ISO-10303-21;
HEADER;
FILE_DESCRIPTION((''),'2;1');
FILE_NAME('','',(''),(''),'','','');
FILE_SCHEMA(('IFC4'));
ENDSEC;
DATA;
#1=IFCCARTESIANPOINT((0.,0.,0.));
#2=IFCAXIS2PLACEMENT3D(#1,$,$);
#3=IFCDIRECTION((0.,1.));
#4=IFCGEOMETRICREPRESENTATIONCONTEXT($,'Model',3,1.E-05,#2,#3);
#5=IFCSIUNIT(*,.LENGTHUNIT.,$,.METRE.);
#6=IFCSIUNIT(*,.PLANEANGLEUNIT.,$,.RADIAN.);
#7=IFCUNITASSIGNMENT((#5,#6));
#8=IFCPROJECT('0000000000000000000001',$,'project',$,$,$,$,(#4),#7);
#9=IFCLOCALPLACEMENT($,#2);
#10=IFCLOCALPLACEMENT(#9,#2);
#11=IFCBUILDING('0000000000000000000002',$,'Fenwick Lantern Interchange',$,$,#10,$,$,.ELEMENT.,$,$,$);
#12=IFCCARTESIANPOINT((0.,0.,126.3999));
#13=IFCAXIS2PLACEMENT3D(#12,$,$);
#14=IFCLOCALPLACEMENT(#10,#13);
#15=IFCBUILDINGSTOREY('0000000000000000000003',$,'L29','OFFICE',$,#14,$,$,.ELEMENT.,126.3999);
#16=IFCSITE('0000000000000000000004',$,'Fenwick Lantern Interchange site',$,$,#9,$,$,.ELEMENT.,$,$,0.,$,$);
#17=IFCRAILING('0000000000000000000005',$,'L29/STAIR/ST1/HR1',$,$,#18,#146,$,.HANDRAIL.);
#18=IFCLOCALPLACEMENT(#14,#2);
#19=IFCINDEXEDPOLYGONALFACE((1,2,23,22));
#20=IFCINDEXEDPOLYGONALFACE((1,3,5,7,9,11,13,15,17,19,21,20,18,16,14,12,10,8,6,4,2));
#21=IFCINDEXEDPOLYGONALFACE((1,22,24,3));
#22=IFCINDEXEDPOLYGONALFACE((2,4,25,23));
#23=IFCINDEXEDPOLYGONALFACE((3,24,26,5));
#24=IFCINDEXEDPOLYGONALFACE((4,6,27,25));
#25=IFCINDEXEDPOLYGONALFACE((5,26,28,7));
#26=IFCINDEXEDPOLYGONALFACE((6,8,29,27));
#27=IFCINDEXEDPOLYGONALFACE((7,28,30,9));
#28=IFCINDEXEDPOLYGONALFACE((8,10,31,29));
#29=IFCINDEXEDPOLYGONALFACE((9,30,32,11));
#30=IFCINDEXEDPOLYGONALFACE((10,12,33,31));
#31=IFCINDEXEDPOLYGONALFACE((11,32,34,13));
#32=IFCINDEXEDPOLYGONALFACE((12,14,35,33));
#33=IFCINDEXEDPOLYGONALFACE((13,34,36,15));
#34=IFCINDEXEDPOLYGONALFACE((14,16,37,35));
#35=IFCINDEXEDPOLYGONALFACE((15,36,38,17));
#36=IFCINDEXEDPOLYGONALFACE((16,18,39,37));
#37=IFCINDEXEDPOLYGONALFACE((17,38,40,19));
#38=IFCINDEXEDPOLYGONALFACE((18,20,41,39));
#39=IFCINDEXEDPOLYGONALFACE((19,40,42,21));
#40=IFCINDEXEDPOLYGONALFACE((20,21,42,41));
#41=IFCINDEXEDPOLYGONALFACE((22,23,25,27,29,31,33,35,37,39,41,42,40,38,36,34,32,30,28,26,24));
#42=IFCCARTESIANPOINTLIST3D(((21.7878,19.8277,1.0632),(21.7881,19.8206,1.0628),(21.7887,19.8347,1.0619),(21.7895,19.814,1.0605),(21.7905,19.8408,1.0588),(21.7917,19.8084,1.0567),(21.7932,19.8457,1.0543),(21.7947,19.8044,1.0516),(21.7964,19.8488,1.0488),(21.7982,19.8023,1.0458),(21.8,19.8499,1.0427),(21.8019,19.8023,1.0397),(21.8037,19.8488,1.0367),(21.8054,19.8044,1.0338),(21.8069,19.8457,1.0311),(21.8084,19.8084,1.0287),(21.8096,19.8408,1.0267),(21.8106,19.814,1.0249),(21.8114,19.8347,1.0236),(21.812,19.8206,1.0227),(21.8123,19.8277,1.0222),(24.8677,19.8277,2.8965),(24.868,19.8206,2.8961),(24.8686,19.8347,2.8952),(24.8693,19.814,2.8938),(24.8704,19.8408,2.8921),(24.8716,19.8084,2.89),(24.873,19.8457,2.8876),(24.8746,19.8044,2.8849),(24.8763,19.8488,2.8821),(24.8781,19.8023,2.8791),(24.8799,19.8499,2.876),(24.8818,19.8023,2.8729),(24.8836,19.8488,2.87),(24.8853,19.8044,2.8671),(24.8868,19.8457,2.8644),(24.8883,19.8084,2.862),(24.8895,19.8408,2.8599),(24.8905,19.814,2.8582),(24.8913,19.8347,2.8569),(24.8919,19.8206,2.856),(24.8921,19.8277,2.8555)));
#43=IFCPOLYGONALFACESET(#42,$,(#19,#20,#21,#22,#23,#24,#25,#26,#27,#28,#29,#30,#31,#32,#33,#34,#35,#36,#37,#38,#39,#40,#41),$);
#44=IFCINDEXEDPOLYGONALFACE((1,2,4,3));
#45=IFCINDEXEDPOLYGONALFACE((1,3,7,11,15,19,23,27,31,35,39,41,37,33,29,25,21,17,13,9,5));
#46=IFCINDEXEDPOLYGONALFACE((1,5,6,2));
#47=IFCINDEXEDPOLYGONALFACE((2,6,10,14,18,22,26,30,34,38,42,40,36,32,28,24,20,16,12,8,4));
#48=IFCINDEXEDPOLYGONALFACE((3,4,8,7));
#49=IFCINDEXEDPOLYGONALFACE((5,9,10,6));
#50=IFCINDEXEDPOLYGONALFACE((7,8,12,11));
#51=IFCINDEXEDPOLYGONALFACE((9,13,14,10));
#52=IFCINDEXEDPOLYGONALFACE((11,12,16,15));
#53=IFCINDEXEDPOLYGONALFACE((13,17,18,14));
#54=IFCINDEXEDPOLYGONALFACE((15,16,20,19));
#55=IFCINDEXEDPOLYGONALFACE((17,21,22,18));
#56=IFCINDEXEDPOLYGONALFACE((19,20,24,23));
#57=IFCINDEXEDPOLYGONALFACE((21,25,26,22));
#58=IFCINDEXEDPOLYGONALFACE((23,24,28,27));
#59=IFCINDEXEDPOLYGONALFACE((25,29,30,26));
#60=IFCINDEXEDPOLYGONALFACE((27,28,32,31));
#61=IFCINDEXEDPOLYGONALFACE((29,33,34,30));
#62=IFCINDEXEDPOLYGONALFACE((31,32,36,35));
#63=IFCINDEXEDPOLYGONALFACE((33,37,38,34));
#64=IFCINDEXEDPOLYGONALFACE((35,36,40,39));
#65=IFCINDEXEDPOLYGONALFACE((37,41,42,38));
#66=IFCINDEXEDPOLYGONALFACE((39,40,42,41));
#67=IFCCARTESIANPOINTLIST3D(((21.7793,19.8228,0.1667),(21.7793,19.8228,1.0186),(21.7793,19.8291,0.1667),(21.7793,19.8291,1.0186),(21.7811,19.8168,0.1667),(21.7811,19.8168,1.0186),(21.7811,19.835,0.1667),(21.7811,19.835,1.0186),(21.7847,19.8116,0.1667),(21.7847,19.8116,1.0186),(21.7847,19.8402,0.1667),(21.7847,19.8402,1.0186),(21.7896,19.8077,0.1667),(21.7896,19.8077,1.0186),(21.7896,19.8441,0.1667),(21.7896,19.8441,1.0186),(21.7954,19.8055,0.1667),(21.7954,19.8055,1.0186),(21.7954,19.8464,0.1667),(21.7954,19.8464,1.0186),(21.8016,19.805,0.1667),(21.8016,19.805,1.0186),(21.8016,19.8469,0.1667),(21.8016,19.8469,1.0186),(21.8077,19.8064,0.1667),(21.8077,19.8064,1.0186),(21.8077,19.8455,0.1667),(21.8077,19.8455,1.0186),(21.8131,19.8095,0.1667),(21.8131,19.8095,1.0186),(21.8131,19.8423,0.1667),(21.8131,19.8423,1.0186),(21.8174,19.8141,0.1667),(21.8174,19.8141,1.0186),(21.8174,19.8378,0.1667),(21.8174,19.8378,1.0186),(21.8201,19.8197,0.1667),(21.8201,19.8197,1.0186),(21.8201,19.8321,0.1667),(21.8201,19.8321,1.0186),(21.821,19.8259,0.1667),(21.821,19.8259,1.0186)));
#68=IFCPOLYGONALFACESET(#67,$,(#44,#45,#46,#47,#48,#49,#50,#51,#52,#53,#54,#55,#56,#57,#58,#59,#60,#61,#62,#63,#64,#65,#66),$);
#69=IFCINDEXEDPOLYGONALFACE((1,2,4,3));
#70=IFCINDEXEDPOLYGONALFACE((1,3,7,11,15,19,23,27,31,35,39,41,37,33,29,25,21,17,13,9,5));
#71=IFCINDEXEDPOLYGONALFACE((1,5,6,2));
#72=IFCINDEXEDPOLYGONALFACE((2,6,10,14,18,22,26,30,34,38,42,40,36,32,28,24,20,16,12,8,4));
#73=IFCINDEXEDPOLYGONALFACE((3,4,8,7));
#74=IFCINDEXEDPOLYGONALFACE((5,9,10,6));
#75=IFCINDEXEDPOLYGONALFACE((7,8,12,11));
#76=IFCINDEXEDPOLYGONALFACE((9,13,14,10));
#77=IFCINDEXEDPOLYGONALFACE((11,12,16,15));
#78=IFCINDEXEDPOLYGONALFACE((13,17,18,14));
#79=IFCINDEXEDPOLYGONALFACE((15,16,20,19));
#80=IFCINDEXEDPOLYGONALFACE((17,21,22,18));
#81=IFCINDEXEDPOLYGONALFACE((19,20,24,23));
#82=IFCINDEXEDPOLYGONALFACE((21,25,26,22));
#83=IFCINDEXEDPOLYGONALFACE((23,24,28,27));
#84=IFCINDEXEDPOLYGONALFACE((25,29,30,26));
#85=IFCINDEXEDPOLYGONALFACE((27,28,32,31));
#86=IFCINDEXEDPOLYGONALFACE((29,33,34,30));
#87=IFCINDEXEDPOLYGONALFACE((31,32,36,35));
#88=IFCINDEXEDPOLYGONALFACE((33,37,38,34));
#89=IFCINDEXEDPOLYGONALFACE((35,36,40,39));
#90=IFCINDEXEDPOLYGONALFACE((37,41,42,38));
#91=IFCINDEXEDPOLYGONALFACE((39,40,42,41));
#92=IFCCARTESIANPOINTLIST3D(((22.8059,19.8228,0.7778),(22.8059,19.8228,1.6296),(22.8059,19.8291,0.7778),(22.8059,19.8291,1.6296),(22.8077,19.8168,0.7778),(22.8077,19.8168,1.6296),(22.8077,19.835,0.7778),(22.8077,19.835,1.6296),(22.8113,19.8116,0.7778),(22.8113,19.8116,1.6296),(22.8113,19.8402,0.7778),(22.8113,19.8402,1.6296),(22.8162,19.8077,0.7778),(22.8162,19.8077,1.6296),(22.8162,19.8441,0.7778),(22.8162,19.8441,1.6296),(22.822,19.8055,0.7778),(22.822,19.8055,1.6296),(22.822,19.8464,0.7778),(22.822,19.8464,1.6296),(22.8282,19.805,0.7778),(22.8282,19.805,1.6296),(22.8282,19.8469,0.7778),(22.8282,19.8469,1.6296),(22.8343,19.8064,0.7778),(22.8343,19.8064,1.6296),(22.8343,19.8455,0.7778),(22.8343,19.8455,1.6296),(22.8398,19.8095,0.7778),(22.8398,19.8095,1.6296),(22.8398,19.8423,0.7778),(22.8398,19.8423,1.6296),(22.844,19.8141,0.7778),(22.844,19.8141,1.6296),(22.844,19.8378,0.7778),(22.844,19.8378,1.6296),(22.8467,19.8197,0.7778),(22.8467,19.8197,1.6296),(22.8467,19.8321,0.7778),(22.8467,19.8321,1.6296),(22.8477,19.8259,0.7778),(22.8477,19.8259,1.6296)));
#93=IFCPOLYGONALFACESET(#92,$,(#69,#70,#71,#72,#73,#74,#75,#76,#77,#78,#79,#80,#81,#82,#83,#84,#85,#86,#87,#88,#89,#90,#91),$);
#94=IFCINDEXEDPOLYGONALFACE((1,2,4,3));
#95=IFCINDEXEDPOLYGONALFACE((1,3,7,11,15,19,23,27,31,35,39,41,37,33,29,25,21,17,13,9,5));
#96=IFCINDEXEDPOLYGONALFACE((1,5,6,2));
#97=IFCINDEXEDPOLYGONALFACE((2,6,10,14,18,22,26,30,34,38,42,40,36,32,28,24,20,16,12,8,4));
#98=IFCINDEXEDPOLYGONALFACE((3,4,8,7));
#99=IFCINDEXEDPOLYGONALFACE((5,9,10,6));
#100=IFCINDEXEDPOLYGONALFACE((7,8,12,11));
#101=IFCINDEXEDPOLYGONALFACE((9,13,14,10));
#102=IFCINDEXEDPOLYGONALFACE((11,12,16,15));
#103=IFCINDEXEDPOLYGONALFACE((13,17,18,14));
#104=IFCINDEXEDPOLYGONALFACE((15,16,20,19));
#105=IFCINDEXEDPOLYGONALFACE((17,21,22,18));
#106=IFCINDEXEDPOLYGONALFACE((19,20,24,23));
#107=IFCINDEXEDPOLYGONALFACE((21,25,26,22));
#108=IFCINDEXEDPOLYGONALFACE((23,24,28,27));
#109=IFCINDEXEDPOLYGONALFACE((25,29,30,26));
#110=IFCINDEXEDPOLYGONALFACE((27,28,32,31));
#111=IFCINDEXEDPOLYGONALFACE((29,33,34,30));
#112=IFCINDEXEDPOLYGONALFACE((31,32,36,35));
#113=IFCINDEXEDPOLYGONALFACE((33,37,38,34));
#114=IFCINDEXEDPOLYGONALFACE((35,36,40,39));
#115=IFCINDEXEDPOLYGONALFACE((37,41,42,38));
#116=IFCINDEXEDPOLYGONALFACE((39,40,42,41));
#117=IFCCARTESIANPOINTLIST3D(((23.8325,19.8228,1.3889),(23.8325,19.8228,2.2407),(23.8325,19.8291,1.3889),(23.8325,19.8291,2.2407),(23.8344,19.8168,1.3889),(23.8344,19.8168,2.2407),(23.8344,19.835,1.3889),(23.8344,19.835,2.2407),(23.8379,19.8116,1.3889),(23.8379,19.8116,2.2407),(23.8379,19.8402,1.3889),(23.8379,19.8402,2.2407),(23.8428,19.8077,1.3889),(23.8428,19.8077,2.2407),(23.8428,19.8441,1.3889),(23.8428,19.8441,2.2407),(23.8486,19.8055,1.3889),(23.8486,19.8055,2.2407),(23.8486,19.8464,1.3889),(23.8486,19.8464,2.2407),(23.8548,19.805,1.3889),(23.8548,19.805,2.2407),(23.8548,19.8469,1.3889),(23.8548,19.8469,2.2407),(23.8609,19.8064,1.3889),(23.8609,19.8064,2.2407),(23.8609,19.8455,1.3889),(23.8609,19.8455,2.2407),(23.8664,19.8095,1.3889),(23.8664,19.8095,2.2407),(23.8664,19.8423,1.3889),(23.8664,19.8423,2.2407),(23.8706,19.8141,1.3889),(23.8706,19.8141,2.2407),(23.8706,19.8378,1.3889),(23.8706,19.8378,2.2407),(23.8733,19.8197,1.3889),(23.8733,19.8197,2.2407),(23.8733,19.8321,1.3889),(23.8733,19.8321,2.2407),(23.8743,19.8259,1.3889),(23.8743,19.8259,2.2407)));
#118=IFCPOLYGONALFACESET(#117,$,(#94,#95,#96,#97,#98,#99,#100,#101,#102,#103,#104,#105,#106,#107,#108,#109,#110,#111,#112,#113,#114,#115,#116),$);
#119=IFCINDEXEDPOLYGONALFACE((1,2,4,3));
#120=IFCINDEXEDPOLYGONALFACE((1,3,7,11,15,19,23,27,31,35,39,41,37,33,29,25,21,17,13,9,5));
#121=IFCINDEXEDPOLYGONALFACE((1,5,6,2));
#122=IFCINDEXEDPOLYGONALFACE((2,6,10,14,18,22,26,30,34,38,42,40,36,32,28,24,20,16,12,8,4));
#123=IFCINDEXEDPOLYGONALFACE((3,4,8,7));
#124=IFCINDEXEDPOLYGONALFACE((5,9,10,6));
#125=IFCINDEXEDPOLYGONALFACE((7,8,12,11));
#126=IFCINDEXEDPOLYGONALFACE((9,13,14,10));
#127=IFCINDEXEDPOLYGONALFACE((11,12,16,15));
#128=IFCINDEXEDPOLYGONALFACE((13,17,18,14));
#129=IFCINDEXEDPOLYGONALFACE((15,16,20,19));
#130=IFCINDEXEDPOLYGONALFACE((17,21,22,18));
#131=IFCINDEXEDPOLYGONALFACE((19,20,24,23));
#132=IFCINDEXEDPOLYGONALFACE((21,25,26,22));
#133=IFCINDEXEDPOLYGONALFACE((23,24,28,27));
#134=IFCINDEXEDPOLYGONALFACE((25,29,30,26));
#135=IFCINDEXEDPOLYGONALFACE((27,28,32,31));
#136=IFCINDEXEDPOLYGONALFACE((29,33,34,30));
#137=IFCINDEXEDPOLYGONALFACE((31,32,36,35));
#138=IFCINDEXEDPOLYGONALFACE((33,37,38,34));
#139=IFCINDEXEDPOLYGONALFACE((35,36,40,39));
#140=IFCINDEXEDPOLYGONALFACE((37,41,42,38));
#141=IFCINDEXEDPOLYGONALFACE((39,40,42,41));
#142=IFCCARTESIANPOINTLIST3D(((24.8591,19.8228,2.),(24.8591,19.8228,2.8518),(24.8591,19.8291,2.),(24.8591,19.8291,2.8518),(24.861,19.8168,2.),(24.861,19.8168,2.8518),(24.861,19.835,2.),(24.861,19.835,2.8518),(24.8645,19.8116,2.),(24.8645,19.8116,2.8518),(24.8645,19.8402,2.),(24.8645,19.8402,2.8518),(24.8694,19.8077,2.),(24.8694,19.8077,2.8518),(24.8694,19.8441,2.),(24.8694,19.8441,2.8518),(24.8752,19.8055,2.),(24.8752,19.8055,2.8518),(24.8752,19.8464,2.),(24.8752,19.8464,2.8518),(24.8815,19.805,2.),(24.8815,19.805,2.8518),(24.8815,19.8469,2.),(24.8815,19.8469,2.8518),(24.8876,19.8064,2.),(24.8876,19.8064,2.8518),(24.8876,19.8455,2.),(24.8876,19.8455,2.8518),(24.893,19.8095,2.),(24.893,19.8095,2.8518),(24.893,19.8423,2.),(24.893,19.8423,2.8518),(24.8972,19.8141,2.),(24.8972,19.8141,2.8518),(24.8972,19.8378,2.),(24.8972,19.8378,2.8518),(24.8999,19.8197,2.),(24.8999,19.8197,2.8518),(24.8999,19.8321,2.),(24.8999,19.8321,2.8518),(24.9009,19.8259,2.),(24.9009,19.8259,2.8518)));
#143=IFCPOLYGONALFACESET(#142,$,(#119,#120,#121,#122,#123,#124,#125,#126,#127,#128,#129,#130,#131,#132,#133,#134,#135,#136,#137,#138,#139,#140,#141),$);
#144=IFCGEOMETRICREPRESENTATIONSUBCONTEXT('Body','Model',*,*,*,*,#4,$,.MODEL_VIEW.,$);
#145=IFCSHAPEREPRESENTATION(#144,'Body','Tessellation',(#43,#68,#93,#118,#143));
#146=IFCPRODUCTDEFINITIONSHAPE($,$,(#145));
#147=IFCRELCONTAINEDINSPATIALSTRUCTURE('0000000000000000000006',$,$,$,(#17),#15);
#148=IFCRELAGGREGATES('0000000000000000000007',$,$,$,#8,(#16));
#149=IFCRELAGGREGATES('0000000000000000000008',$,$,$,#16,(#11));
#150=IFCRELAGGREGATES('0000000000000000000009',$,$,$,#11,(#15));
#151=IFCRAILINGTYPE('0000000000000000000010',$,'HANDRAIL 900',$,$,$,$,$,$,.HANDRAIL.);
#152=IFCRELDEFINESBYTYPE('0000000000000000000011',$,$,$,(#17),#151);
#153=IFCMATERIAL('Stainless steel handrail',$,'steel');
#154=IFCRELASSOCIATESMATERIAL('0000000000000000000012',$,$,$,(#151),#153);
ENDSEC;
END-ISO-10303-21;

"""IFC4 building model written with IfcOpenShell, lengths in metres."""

from ifc_helpers import new_model, si_unit, direction, frame, origin, origin_2d, place, context, subcontext, project, spatial, circle, extrude, material, type_object, element, save


model = new_model("IFC4")

# Units and contexts
model_context = context("Model", 3, precision=1e-05, world=origin(), true_north=direction((0.0, 1.0)))
body_context = subcontext(model_context, "Body", "Model", "MODEL_VIEW")
ifc_project = project(units=[si_unit("LENGTHUNIT", "METRE"), si_unit("PLANEANGLEUNIT", "RADIAN")], contexts=[model_context])

# Site, building, storey
site_placement = place(None, origin())
site = spatial("IfcSite", under=ifc_project, at=site_placement, Name="Fenwick Lantern Interchange site", CompositionType="ELEMENT", RefElevation=0.0)
building_placement = place(site_placement, origin())
building = spatial("IfcBuilding", under=site, at=building_placement, Name="Fenwick Lantern Interchange", CompositionType="ELEMENT")
storey_placement = place(building_placement, frame((0.0, 0.0, 126.3999)))
storey = spatial("IfcBuildingStorey", under=building, at=storey_placement, Name="L29", Description="OFFICE", CompositionType="ELEMENT", Elevation=126.3999)

# Railing
ifc_material_1 = material(Name="Stainless steel handrail", Category="steel")
railing_type = type_object("IfcRailingType", Name="HANDRAIL 900", PredefinedType="HANDRAIL", material=ifc_material_1)
railing_1_placement = place(storey_placement, frame((21.8, 19.8259, 0.1667)))
element("IfcRailing", 1, at=railing_1_placement, inside=storey, type_object=railing_type, Name="L29/STAIR/ST1/HR1", PredefinedType="HANDRAIL", context=body_context, shape_type="SweptSolid", body=[
    extrude(circle(Radius=0.0239, at=origin_2d()), frame((0.0, 0.0, 0.876), z_axis=(0.859291, 0.0, 0.511487), x_axis=(0.0, 1.0, 0.0)), (0.0, 0.0, 1.0), 3.5842),
    extrude(circle(Radius=0.021, at=origin_2d()), origin(), (0.0, 0.0, 1.0), 0.8518),
    extrude(circle(Radius=0.021, at=origin_2d()), frame((1.0266, 0.0, 0.6111)), (0.0, 0.0, 1.0), 0.8518),
    extrude(circle(Radius=0.021, at=origin_2d()), frame((2.0532, 0.0, 1.2222)), (0.0, 0.0, 1.0), 0.8518),
    extrude(circle(Radius=0.021, at=origin_2d()), frame((3.0798, 0.0, 1.8333)), (0.0, 0.0, 1.0), 0.8518),
])

save(model, "model.ifc")
